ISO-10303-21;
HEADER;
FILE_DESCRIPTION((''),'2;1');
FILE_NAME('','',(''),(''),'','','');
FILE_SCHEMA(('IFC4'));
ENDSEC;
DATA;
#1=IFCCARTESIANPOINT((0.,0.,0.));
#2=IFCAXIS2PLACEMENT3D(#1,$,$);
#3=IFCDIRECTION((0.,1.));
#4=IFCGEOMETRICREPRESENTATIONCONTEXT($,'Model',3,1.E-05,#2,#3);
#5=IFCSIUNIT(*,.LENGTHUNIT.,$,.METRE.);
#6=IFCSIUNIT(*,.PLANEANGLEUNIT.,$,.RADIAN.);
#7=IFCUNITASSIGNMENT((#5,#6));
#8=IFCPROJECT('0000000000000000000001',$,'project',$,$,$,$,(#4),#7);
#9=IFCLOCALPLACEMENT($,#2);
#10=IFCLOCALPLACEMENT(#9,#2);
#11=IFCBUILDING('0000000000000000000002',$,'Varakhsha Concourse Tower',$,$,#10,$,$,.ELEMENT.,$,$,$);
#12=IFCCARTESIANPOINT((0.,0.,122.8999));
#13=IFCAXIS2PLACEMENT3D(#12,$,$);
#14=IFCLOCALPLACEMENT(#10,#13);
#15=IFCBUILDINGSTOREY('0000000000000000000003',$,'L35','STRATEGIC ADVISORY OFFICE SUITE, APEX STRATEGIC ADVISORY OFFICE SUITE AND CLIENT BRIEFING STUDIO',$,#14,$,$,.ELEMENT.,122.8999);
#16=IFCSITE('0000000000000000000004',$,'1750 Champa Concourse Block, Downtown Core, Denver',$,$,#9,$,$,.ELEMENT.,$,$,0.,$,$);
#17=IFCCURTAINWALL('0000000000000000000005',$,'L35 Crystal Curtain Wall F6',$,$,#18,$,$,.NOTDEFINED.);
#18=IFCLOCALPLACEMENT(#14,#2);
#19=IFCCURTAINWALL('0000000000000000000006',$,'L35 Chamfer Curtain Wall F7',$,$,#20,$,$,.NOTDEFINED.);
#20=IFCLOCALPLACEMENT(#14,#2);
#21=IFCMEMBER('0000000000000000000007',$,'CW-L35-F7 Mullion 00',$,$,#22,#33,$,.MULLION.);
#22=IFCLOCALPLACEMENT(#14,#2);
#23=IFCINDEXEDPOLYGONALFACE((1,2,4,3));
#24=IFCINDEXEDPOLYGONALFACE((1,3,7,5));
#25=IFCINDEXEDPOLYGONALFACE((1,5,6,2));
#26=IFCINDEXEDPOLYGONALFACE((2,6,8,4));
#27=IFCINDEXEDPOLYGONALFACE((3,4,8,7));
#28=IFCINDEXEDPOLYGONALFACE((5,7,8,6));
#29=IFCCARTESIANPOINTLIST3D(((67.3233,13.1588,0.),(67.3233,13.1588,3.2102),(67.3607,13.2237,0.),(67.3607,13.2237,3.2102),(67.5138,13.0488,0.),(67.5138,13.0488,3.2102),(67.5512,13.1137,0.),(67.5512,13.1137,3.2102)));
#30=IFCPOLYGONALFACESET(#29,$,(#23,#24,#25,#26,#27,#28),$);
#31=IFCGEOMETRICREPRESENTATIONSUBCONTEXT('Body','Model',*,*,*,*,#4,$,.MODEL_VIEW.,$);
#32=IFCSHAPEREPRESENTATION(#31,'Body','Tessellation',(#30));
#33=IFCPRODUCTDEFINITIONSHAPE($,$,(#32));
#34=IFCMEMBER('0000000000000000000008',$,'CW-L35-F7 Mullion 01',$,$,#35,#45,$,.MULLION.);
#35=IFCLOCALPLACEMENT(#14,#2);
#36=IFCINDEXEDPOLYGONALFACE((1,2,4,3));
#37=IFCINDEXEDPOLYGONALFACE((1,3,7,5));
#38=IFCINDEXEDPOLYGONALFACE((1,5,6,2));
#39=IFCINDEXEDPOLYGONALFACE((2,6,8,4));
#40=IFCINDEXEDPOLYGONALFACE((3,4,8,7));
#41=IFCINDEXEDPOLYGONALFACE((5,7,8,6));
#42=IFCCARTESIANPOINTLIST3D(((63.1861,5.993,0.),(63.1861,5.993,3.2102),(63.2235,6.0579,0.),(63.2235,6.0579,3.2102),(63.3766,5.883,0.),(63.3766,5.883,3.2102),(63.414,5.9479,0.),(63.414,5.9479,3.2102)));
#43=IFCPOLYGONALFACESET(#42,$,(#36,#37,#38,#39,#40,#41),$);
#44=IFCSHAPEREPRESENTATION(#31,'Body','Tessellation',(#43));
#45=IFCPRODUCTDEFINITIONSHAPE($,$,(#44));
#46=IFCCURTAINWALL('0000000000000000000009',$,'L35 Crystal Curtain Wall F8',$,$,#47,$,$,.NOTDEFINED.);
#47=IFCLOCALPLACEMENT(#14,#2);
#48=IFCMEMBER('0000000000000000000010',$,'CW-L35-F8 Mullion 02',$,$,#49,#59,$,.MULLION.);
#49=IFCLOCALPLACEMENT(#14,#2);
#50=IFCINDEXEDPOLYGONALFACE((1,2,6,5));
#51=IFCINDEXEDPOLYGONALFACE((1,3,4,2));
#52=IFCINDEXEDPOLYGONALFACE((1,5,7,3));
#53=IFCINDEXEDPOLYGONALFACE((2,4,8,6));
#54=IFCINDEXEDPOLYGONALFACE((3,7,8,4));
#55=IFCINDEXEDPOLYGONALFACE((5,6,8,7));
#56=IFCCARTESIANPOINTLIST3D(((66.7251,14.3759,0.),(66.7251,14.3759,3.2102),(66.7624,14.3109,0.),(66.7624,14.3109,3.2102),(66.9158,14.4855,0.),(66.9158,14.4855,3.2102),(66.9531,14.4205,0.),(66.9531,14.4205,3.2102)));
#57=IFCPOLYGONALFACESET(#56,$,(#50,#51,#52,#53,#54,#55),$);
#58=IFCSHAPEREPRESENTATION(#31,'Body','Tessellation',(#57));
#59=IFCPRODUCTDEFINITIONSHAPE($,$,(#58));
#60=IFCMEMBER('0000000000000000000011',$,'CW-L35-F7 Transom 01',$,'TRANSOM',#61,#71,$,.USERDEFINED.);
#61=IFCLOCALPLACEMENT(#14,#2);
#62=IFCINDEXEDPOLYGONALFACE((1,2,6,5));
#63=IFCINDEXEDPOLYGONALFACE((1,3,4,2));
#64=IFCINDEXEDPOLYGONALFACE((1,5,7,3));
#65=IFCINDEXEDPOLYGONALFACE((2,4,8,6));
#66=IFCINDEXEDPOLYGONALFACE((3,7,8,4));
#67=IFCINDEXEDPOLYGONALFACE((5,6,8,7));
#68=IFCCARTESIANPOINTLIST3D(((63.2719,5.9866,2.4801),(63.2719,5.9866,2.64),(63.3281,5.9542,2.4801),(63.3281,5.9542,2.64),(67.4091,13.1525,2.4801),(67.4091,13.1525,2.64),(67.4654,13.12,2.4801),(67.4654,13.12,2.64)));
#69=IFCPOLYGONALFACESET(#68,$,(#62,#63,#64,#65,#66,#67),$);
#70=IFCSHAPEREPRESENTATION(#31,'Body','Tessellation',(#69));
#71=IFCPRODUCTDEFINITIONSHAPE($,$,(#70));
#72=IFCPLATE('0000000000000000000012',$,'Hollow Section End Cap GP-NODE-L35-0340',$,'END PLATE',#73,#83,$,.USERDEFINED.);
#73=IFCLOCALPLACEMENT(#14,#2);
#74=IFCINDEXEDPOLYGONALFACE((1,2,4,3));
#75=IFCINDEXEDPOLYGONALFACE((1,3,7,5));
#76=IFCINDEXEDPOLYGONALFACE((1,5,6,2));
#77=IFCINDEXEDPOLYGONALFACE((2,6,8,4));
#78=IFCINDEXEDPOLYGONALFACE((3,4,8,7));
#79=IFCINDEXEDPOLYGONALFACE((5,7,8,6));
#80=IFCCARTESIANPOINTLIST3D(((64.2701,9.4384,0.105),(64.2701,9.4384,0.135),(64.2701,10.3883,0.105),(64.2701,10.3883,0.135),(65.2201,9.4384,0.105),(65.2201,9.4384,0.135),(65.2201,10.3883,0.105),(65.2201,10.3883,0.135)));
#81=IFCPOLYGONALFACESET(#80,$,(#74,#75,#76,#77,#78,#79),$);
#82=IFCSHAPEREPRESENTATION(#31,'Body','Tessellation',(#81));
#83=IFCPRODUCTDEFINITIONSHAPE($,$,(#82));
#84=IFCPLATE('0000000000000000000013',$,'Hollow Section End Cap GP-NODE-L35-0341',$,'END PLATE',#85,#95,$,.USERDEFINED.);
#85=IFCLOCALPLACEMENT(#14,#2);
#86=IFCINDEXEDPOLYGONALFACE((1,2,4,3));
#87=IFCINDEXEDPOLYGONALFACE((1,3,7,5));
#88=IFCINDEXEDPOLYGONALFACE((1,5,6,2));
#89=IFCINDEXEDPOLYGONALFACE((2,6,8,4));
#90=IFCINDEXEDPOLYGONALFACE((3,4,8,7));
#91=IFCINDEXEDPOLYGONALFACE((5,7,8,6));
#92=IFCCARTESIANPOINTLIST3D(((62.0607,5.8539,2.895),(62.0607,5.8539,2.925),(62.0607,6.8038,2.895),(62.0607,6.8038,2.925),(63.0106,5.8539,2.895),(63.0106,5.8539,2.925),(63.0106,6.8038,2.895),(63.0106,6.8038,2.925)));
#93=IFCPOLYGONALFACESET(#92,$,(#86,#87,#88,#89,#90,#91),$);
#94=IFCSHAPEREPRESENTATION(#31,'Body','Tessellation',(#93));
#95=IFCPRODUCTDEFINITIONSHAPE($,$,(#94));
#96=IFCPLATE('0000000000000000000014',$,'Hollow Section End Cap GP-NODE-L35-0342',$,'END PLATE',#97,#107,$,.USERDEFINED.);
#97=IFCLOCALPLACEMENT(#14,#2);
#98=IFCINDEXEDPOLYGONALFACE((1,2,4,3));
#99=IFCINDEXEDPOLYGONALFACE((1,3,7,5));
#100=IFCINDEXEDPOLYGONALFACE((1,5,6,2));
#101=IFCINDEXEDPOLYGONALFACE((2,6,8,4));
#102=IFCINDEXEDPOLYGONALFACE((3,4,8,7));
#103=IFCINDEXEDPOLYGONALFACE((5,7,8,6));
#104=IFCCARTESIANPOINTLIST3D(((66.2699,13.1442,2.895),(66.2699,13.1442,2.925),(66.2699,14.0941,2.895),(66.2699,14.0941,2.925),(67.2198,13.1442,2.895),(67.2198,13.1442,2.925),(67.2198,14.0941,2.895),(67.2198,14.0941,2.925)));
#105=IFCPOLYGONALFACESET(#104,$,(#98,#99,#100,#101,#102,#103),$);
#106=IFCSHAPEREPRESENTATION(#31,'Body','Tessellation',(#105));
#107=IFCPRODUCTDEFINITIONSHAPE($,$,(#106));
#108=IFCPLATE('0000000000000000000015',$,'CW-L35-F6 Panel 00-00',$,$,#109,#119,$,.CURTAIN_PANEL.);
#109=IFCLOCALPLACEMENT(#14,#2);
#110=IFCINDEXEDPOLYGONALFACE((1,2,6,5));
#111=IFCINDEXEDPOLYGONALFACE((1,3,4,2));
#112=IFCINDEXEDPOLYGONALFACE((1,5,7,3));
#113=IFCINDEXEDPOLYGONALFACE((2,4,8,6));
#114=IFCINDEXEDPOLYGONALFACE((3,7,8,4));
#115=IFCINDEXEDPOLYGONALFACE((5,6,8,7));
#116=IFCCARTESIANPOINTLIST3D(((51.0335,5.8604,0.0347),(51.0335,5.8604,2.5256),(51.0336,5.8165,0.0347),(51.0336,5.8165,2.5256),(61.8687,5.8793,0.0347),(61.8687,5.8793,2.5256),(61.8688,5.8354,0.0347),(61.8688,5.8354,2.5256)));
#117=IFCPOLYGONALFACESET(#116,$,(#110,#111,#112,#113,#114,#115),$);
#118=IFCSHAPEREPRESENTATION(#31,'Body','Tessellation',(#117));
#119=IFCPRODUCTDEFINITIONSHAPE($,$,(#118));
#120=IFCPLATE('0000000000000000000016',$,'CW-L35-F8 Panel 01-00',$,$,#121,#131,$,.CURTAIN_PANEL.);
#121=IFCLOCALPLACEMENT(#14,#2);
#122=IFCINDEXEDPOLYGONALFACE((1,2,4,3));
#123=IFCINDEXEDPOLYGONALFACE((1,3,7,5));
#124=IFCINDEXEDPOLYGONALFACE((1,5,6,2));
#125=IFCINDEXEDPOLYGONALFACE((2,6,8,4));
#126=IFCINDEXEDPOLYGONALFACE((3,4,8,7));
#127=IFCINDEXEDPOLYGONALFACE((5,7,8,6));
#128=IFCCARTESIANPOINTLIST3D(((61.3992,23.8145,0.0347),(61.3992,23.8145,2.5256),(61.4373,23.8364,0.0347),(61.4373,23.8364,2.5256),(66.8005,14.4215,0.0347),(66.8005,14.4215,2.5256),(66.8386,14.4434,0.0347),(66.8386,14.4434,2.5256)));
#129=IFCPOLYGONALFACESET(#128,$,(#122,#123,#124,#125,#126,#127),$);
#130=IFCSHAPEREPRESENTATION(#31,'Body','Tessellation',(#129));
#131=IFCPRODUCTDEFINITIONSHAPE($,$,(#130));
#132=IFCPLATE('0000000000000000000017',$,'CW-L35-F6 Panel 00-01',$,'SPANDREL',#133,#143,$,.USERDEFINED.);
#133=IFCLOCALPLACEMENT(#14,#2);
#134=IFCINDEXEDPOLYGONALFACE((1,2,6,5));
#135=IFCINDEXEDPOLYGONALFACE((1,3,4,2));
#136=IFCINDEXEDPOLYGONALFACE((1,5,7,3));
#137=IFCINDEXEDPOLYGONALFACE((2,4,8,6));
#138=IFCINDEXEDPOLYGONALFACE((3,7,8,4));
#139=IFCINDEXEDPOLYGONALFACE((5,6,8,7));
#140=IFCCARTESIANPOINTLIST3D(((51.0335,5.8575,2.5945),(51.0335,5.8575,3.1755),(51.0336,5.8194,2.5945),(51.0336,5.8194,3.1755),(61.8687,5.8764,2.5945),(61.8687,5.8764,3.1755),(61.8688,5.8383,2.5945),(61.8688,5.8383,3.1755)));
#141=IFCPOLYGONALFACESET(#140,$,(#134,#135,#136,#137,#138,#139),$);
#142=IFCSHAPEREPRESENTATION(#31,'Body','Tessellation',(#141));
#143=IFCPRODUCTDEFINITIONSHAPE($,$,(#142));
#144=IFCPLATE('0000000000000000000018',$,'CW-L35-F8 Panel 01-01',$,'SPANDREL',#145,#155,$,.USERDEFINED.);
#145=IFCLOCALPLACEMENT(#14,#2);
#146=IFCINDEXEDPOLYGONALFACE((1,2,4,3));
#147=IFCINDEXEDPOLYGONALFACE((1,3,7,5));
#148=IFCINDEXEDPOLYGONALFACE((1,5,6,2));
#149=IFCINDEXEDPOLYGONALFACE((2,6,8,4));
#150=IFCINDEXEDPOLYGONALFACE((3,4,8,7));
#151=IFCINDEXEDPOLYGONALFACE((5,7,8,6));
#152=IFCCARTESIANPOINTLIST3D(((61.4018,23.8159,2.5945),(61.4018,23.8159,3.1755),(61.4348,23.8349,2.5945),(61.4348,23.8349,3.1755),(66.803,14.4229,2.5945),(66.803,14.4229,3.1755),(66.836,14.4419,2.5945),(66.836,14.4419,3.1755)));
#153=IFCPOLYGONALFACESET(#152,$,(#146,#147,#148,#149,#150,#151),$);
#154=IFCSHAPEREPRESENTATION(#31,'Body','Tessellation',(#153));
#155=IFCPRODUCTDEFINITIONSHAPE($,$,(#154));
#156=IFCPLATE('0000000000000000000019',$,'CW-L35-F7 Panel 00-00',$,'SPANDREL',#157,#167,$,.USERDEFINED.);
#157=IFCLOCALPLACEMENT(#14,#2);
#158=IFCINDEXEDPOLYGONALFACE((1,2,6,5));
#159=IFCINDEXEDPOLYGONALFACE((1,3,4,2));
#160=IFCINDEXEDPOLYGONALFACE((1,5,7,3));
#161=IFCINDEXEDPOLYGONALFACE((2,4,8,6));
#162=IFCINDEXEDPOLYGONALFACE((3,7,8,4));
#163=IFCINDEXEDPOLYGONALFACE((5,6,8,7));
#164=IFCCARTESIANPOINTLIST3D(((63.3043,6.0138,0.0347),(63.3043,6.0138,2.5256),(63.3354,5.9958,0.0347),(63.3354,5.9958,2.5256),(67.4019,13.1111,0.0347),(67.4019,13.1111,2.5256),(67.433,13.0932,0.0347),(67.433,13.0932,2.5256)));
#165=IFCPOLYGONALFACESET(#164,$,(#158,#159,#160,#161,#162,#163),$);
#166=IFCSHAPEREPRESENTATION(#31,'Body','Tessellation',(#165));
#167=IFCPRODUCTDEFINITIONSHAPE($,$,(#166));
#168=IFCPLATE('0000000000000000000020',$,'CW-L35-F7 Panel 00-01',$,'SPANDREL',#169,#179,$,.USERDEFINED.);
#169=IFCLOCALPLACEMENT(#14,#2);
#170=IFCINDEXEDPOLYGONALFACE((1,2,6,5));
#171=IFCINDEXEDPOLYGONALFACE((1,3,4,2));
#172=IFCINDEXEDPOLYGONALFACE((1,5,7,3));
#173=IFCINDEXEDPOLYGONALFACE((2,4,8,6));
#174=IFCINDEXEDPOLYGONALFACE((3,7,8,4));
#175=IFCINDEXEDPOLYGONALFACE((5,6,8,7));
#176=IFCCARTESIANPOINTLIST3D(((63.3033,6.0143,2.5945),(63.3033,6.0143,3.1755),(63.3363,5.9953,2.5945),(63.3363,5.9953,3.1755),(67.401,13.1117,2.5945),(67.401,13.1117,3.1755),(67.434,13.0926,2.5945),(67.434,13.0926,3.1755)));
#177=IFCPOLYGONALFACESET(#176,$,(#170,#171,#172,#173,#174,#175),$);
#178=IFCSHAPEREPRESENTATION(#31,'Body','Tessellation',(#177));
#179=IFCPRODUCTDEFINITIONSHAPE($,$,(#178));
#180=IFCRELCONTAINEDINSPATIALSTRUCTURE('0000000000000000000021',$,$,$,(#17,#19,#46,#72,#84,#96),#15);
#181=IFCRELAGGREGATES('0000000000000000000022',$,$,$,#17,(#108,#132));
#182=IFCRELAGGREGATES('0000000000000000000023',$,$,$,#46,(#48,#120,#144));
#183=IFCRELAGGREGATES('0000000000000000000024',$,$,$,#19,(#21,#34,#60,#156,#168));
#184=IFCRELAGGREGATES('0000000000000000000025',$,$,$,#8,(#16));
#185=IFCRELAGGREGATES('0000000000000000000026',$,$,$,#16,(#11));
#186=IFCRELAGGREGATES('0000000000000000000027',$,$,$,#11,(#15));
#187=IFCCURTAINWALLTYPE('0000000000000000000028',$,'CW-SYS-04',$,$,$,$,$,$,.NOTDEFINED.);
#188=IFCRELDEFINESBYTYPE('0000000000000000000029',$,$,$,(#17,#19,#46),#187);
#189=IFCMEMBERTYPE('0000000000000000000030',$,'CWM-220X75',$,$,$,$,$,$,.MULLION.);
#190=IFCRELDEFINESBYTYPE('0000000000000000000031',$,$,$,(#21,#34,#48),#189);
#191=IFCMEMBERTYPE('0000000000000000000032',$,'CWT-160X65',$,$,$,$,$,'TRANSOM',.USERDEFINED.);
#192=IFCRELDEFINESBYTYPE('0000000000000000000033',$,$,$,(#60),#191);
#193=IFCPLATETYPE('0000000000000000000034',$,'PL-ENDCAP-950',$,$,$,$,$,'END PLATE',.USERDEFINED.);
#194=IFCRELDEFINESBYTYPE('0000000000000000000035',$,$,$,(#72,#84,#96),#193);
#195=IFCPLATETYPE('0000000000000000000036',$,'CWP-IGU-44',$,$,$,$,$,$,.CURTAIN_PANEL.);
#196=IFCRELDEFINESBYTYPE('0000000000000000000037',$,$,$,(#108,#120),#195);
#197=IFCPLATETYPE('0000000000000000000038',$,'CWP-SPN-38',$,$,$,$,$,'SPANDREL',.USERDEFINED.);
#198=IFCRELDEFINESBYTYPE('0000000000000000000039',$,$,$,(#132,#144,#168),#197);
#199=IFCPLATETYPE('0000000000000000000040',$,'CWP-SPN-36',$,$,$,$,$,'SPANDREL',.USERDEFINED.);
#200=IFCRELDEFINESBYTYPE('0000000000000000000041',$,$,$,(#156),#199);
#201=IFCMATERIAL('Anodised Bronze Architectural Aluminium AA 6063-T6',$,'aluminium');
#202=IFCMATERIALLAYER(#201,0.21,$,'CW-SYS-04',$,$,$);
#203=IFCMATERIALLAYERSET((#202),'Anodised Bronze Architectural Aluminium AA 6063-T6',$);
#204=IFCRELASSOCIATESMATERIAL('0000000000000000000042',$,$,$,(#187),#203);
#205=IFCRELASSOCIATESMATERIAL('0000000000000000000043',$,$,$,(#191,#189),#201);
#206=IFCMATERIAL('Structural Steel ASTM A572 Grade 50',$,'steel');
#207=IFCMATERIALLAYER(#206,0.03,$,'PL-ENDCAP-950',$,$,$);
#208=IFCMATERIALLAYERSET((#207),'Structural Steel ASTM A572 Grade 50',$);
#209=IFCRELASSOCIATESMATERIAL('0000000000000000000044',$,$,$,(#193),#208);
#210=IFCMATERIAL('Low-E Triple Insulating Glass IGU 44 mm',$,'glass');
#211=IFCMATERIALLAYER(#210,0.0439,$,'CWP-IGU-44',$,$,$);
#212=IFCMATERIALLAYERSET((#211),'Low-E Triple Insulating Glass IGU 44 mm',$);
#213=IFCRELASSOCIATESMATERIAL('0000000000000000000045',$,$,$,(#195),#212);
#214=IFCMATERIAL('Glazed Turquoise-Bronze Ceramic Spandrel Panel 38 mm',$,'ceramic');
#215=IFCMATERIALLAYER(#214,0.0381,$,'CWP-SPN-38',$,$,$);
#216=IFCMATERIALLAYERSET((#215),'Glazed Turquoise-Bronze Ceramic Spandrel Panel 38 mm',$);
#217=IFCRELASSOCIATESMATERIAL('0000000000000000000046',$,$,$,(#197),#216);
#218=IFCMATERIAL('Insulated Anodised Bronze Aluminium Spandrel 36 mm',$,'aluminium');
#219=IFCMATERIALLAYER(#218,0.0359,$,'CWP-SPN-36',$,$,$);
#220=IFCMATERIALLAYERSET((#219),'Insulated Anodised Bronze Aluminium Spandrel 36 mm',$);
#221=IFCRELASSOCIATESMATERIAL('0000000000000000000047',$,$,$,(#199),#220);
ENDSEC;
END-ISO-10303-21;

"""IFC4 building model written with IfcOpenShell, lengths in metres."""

from ifc_helpers import new_model, si_unit, direction, frame, origin, origin_2d, place, context, subcontext, project, spatial, rectangle, extrude, source, transform, mapped, material, layer, layer_set, material_profile, profile_set, type_object, type_shapes, element, aggregate, save


model = new_model("IFC4")

# Units and contexts
model_context = context("Model", 3, precision=1e-05, world=origin(), true_north=direction((0.0, 1.0)))
body_context = subcontext(model_context, "Body", "Model", "MODEL_VIEW")
ifc_project = project(units=[si_unit("LENGTHUNIT", "METRE"), si_unit("PLANEANGLEUNIT", "RADIAN")], contexts=[model_context])

# Site, building, storey
site_placement = place(None, origin())
site = spatial("IfcSite", under=ifc_project, at=site_placement, Name="1750 Champa Concourse Block, Downtown Core, Denver", CompositionType="ELEMENT", RefElevation=0.0)
building_placement = place(site_placement, origin())
building = spatial("IfcBuilding", under=site, at=building_placement, Name="Varakhsha Concourse Tower", CompositionType="ELEMENT")
storey_placement = place(building_placement, frame((0.0, 0.0, 122.8999)))
storey = spatial("IfcBuildingStorey", under=building, at=storey_placement, Name="L35", Description="STRATEGIC ADVISORY OFFICE SUITE, APEX STRATEGIC ADVISORY OFFICE SUITE AND CLIENT BRIEFING STUDIO", CompositionType="ELEMENT", Elevation=122.8999)

# Shared definitions
ifc_material_1 = material(Name="Structural Steel ASTM A572 Grade 50", Category="steel")

# Curtain walls, members
ifc_material_2 = material(Name="Anodised Bronze Architectural Aluminium AA 6063-T6", Category="aluminium")
ifc_layer_1 = layer(ifc_material_2, 0.21, Name="CW-SYS-04")
ifc_layer_set_1 = layer_set([ifc_layer_1], Name="Anodised Bronze Architectural Aluminium AA 6063-T6")
curtain_wall_type = type_object("IfcCurtainWallType", Name="CW-SYS-04", PredefinedType="NOTDEFINED", material=ifc_layer_set_1)
curtain_wall_1_placement = place(storey_placement, origin())
curtain_wall_1 = element("IfcCurtainWall", 1, at=curtain_wall_1_placement, inside=storey, type_object=curtain_wall_type, Name="L35 Crystal Curtain Wall F6", PredefinedType="NOTDEFINED")
ifc_material_profile_1 = material_profile(ifc_material_2, rectangle(XDim=0.0649, YDim=0.1599, at=origin_2d()), Name="CWT-160X65")
ifc_profile_set_1 = profile_set([ifc_material_profile_1], Name="Anodised Bronze Architectural Aluminium AA 6063-T6")
member_type_1 = type_object("IfcMemberType", Name="CWT-160X65", ElementType="TRANSOM", PredefinedType="USERDEFINED", material=ifc_profile_set_1)
ifc_material_profile_2 = material_profile(ifc_material_2, rectangle(XDim=0.075, YDim=0.22, at=origin_2d()), Name="CWM-220X75")
ifc_profile_set_2 = profile_set([ifc_material_profile_2], Name="Anodised Bronze Architectural Aluminium AA 6063-T6")
member_type_2 = type_object("IfcMemberType", Name="CWM-220X75", PredefinedType="MULLION", material=ifc_profile_set_2)
shared_shape_1 = source(origin(), body_context, "Body", "SweptSolid", [
    extrude(rectangle(XDim=0.075, YDim=0.22, at=origin_2d()), origin(), (0.0, 0.0, 1.0), 3.2102),
])
type_shapes(member_type_2, [shared_shape_1])
curtain_wall_2_placement = place(storey_placement, origin())
curtain_wall_2 = element("IfcCurtainWall", 2, at=curtain_wall_2_placement, inside=storey, type_object=curtain_wall_type, Name="L35 Chamfer Curtain Wall F7", PredefinedType="NOTDEFINED")
member_1_placement = place(storey_placement, frame((67.4373, 13.1362, 0.0), z_axis=(0.0, 0.0, 1.0), x_axis=(-0.500002, -0.866025, 0.0)))
member_1 = element("IfcMember", 3, at=member_1_placement, type_object=member_type_2, Name="CW-L35-F7 Mullion 00", PredefinedType="MULLION", context=body_context, shape_type="MappedRepresentation", body=[
    mapped(shared_shape_1, transform((0.0, 0.0, 0.0), scale=1.0)),
])
member_2_placement = place(storey_placement, frame((63.3, 5.9705, 0.0), z_axis=(0.0, 0.0, 1.0), x_axis=(-0.500002, -0.866025, 0.0)))
member_2 = element("IfcMember", 4, at=member_2_placement, type_object=member_type_2, Name="CW-L35-F7 Mullion 01", PredefinedType="MULLION", context=body_context, shape_type="MappedRepresentation", body=[
    mapped(shared_shape_1, transform((0.0, 0.0, 0.0), scale=1.0)),
])

# Curtain wall, member
curtain_wall_3_placement = place(storey_placement, origin())
curtain_wall_3 = element("IfcCurtainWall", 5, at=curtain_wall_3_placement, inside=storey, type_object=curtain_wall_type, Name="L35 Crystal Curtain Wall F8", PredefinedType="NOTDEFINED")
member_3_placement = place(storey_placement, frame((66.8391, 14.3982, 0.0), z_axis=(0.0, 0.0, 1.0), x_axis=(0.498489, -0.866896, 0.0)))
member_3 = element("IfcMember", 6, at=member_3_placement, type_object=member_type_2, Name="CW-L35-F8 Mullion 02", PredefinedType="MULLION", context=body_context, shape_type="MappedRepresentation", body=[
    mapped(shared_shape_1, transform((0.0, 0.0, 0.0), scale=1.0)),
])

# Member
shared_shape_2 = source(origin(), body_context, "Body", "SweptSolid", [
    extrude(rectangle(XDim=0.0649, YDim=0.1599, at=origin_2d()), origin(), (0.0, 0.0, 1.0), 8.2744),
])
member_4_placement = place(storey_placement, frame((67.4373, 13.1362, 2.5601), z_axis=(-0.500004, -0.866023, 0.0), x_axis=(0.866023, -0.500004, 0.0)))
member_4 = element("IfcMember", 7, at=member_4_placement, type_object=member_type_1, Name="CW-L35-F7 Transom 01", ObjectType="TRANSOM", PredefinedType="USERDEFINED", context=body_context, shape_type="MappedRepresentation", body=[
    mapped(shared_shape_2, transform((0.0, 0.0, 0.0), scale=1.0)),
])

# Plates
ifc_layer_2 = layer(ifc_material_1, 0.03, Name="PL-ENDCAP-950")
ifc_layer_set_2 = layer_set([ifc_layer_2], Name="Structural Steel ASTM A572 Grade 50")
plate_type_1 = type_object("IfcPlateType", Name="PL-ENDCAP-950", ElementType="END PLATE", PredefinedType="USERDEFINED", material=ifc_layer_set_2)
shared_shape_3 = source(origin(), body_context, "Body", "SweptSolid", [
    extrude(rectangle(XDim=0.95, YDim=0.95, at=origin_2d()), origin(), (0.0, 0.0, 1.0), 0.03),
])
type_shapes(plate_type_1, [shared_shape_3])
for number, where, z_axis, x_axis, name in (
    (8, (64.7451, 9.9133, 0.105), (0.0, 0.0, 1.0), (1.0, 0.0, 0.0), "Hollow Section End Cap GP-NODE-L35-0340"),
    (9, (62.5356, 6.3289, 2.895), (0.0, 0.0, 1.0), (1.0, 0.0, 0.0), "Hollow Section End Cap GP-NODE-L35-0341"),
    (10, (66.7449, 13.6191, 2.895), (0.0, 0.0, 1.0), (1.0, 0.0, 0.0), "Hollow Section End Cap GP-NODE-L35-0342"),
):
    element("IfcPlate", number, at=place(storey_placement, frame(where, z_axis=z_axis, x_axis=x_axis)), inside=storey, type_object=plate_type_1, Name=name, ObjectType="END PLATE", PredefinedType="USERDEFINED", context=body_context, shape_type="MappedRepresentation", body=[
        mapped(shared_shape_3, transform((0.0, 0.0, 0.0), scale=1.0)),
    ])

# Plates
ifc_material_3 = material(Name="Low-E Triple Insulating Glass IGU 44 mm", Category="glass")
ifc_layer_3 = layer(ifc_material_3, 0.0439, Name="CWP-IGU-44")
ifc_layer_set_3 = layer_set([ifc_layer_3], Name="Low-E Triple Insulating Glass IGU 44 mm")
plate_type_2 = type_object("IfcPlateType", Name="CWP-IGU-44", PredefinedType="CURTAIN_PANEL", material=ifc_layer_set_3)
shared_shape_4 = source(origin(), body_context, "Body", "SweptSolid", [
    extrude(rectangle(XDim=10.8352, YDim=0.0439, at=origin_2d()), origin(), (0.0, 0.0, 1.0), 2.491),
])
type_shapes(plate_type_2, [shared_shape_4])
plate_1_placement = place(storey_placement, frame((56.4512, 5.8479, 0.0347), z_axis=(0.0, 0.0, 1.0), x_axis=(-0.999998, -0.001745, 0.0)))
plate_1 = element("IfcPlate", 11, at=plate_1_placement, type_object=plate_type_2, Name="CW-L35-F6 Panel 00-00", PredefinedType="CURTAIN_PANEL", context=body_context, shape_type="MappedRepresentation", body=[
    mapped(shared_shape_4, transform((0.0, 0.0, 0.0), scale=1.0)),
])
plate_2_placement = place(storey_placement, frame((64.1189, 19.1289, 0.0347), z_axis=(0.0, 0.0, 1.0), x_axis=(0.498489, -0.866896, 0.0)))
plate_2 = element("IfcPlate", 12, at=plate_2_placement, type_object=plate_type_2, Name="CW-L35-F8 Panel 01-00", PredefinedType="CURTAIN_PANEL", context=body_context, shape_type="MappedRepresentation", body=[
    mapped(shared_shape_4, transform((0.0, 0.0, 0.0), scale=1.0)),
])
ifc_material_4 = material(Name="Glazed Turquoise-Bronze Ceramic Spandrel Panel 38 mm", Category="ceramic")
ifc_layer_4 = layer(ifc_material_4, 0.0381, Name="CWP-SPN-38")
ifc_layer_set_4 = layer_set([ifc_layer_4], Name="Glazed Turquoise-Bronze Ceramic Spandrel Panel 38 mm")
plate_type_3 = type_object("IfcPlateType", Name="CWP-SPN-38", ElementType="SPANDREL", PredefinedType="USERDEFINED", material=ifc_layer_set_4)
shared_shape_5 = source(origin(), body_context, "Body", "SweptSolid", [
    extrude(rectangle(XDim=10.8352, YDim=0.0381, at=origin_2d()), origin(), (0.0, 0.0, 1.0), 0.5811),
])
plate_3_placement = place(storey_placement, frame((56.4512, 5.8479, 2.5945), z_axis=(0.0, 0.0, 1.0), x_axis=(-0.999998, -0.001745, 0.0)))
plate_3 = element("IfcPlate", 13, at=plate_3_placement, type_object=plate_type_3, Name="CW-L35-F6 Panel 00-01", ObjectType="SPANDREL", PredefinedType="USERDEFINED", context=body_context, shape_type="MappedRepresentation", body=[
    mapped(shared_shape_5, transform((0.0, 0.0, 0.0), scale=1.0)),
])
aggregate(curtain_wall_1, [plate_1, plate_3])
plate_4_placement = place(storey_placement, frame((64.1189, 19.1289, 2.5945), z_axis=(0.0, 0.0, 1.0), x_axis=(0.498489, -0.866896, 0.0)))
plate_4 = element("IfcPlate", 14, at=plate_4_placement, type_object=plate_type_3, Name="CW-L35-F8 Panel 01-01", ObjectType="SPANDREL", PredefinedType="USERDEFINED", context=body_context, shape_type="MappedRepresentation", body=[
    mapped(shared_shape_5, transform((0.0, 0.0, 0.0), scale=1.0)),
])
aggregate(curtain_wall_3, [member_3, plate_2, plate_4])
ifc_material_5 = material(Name="Insulated Anodised Bronze Aluminium Spandrel 36 mm", Category="aluminium")
ifc_layer_5 = layer(ifc_material_5, 0.0359, Name="CWP-SPN-36")
ifc_layer_set_5 = layer_set([ifc_layer_5], Name="Insulated Anodised Bronze Aluminium Spandrel 36 mm")
plate_type_4 = type_object("IfcPlateType", Name="CWP-SPN-36", ElementType="SPANDREL", PredefinedType="USERDEFINED", material=ifc_layer_set_5)
shared_shape_6 = source(origin(), body_context, "Body", "SweptSolid", [
    extrude(rectangle(XDim=8.1953, YDim=0.0359, at=origin_2d()), origin(), (0.0, 0.0, 1.0), 2.491),
])
type_shapes(plate_type_4, [shared_shape_6])
plate_5_placement = place(storey_placement, frame((65.3687, 9.5535, 0.0347), z_axis=(0.0, 0.0, 1.0), x_axis=(-0.500002, -0.866025, 0.0)))
plate_5 = element("IfcPlate", 15, at=plate_5_placement, type_object=plate_type_4, Name="CW-L35-F7 Panel 00-00", ObjectType="SPANDREL", PredefinedType="USERDEFINED", context=body_context, shape_type="MappedRepresentation", body=[
    mapped(shared_shape_6, transform((0.0, 0.0, 0.0), scale=1.0)),
])
shared_shape_7 = source(origin(), body_context, "Body", "SweptSolid", [
    extrude(rectangle(XDim=8.1953, YDim=0.0381, at=origin_2d()), origin(), (0.0, 0.0, 1.0), 0.5811),
])
type_shapes(plate_type_3, [shared_shape_5, shared_shape_7])
plate_6_placement = place(storey_placement, frame((65.3687, 9.5535, 2.5945), z_axis=(0.0, 0.0, 1.0), x_axis=(-0.500002, -0.866025, 0.0)))
plate_6 = element("IfcPlate", 16, at=plate_6_placement, type_object=plate_type_3, Name="CW-L35-F7 Panel 00-01", ObjectType="SPANDREL", PredefinedType="USERDEFINED", context=body_context, shape_type="MappedRepresentation", body=[
    mapped(shared_shape_7, transform((0.0, 0.0, 0.0), scale=1.0)),
])
aggregate(curtain_wall_2, [member_1, member_2, member_4, plate_5, plate_6])

save(model, "model.ifc")
